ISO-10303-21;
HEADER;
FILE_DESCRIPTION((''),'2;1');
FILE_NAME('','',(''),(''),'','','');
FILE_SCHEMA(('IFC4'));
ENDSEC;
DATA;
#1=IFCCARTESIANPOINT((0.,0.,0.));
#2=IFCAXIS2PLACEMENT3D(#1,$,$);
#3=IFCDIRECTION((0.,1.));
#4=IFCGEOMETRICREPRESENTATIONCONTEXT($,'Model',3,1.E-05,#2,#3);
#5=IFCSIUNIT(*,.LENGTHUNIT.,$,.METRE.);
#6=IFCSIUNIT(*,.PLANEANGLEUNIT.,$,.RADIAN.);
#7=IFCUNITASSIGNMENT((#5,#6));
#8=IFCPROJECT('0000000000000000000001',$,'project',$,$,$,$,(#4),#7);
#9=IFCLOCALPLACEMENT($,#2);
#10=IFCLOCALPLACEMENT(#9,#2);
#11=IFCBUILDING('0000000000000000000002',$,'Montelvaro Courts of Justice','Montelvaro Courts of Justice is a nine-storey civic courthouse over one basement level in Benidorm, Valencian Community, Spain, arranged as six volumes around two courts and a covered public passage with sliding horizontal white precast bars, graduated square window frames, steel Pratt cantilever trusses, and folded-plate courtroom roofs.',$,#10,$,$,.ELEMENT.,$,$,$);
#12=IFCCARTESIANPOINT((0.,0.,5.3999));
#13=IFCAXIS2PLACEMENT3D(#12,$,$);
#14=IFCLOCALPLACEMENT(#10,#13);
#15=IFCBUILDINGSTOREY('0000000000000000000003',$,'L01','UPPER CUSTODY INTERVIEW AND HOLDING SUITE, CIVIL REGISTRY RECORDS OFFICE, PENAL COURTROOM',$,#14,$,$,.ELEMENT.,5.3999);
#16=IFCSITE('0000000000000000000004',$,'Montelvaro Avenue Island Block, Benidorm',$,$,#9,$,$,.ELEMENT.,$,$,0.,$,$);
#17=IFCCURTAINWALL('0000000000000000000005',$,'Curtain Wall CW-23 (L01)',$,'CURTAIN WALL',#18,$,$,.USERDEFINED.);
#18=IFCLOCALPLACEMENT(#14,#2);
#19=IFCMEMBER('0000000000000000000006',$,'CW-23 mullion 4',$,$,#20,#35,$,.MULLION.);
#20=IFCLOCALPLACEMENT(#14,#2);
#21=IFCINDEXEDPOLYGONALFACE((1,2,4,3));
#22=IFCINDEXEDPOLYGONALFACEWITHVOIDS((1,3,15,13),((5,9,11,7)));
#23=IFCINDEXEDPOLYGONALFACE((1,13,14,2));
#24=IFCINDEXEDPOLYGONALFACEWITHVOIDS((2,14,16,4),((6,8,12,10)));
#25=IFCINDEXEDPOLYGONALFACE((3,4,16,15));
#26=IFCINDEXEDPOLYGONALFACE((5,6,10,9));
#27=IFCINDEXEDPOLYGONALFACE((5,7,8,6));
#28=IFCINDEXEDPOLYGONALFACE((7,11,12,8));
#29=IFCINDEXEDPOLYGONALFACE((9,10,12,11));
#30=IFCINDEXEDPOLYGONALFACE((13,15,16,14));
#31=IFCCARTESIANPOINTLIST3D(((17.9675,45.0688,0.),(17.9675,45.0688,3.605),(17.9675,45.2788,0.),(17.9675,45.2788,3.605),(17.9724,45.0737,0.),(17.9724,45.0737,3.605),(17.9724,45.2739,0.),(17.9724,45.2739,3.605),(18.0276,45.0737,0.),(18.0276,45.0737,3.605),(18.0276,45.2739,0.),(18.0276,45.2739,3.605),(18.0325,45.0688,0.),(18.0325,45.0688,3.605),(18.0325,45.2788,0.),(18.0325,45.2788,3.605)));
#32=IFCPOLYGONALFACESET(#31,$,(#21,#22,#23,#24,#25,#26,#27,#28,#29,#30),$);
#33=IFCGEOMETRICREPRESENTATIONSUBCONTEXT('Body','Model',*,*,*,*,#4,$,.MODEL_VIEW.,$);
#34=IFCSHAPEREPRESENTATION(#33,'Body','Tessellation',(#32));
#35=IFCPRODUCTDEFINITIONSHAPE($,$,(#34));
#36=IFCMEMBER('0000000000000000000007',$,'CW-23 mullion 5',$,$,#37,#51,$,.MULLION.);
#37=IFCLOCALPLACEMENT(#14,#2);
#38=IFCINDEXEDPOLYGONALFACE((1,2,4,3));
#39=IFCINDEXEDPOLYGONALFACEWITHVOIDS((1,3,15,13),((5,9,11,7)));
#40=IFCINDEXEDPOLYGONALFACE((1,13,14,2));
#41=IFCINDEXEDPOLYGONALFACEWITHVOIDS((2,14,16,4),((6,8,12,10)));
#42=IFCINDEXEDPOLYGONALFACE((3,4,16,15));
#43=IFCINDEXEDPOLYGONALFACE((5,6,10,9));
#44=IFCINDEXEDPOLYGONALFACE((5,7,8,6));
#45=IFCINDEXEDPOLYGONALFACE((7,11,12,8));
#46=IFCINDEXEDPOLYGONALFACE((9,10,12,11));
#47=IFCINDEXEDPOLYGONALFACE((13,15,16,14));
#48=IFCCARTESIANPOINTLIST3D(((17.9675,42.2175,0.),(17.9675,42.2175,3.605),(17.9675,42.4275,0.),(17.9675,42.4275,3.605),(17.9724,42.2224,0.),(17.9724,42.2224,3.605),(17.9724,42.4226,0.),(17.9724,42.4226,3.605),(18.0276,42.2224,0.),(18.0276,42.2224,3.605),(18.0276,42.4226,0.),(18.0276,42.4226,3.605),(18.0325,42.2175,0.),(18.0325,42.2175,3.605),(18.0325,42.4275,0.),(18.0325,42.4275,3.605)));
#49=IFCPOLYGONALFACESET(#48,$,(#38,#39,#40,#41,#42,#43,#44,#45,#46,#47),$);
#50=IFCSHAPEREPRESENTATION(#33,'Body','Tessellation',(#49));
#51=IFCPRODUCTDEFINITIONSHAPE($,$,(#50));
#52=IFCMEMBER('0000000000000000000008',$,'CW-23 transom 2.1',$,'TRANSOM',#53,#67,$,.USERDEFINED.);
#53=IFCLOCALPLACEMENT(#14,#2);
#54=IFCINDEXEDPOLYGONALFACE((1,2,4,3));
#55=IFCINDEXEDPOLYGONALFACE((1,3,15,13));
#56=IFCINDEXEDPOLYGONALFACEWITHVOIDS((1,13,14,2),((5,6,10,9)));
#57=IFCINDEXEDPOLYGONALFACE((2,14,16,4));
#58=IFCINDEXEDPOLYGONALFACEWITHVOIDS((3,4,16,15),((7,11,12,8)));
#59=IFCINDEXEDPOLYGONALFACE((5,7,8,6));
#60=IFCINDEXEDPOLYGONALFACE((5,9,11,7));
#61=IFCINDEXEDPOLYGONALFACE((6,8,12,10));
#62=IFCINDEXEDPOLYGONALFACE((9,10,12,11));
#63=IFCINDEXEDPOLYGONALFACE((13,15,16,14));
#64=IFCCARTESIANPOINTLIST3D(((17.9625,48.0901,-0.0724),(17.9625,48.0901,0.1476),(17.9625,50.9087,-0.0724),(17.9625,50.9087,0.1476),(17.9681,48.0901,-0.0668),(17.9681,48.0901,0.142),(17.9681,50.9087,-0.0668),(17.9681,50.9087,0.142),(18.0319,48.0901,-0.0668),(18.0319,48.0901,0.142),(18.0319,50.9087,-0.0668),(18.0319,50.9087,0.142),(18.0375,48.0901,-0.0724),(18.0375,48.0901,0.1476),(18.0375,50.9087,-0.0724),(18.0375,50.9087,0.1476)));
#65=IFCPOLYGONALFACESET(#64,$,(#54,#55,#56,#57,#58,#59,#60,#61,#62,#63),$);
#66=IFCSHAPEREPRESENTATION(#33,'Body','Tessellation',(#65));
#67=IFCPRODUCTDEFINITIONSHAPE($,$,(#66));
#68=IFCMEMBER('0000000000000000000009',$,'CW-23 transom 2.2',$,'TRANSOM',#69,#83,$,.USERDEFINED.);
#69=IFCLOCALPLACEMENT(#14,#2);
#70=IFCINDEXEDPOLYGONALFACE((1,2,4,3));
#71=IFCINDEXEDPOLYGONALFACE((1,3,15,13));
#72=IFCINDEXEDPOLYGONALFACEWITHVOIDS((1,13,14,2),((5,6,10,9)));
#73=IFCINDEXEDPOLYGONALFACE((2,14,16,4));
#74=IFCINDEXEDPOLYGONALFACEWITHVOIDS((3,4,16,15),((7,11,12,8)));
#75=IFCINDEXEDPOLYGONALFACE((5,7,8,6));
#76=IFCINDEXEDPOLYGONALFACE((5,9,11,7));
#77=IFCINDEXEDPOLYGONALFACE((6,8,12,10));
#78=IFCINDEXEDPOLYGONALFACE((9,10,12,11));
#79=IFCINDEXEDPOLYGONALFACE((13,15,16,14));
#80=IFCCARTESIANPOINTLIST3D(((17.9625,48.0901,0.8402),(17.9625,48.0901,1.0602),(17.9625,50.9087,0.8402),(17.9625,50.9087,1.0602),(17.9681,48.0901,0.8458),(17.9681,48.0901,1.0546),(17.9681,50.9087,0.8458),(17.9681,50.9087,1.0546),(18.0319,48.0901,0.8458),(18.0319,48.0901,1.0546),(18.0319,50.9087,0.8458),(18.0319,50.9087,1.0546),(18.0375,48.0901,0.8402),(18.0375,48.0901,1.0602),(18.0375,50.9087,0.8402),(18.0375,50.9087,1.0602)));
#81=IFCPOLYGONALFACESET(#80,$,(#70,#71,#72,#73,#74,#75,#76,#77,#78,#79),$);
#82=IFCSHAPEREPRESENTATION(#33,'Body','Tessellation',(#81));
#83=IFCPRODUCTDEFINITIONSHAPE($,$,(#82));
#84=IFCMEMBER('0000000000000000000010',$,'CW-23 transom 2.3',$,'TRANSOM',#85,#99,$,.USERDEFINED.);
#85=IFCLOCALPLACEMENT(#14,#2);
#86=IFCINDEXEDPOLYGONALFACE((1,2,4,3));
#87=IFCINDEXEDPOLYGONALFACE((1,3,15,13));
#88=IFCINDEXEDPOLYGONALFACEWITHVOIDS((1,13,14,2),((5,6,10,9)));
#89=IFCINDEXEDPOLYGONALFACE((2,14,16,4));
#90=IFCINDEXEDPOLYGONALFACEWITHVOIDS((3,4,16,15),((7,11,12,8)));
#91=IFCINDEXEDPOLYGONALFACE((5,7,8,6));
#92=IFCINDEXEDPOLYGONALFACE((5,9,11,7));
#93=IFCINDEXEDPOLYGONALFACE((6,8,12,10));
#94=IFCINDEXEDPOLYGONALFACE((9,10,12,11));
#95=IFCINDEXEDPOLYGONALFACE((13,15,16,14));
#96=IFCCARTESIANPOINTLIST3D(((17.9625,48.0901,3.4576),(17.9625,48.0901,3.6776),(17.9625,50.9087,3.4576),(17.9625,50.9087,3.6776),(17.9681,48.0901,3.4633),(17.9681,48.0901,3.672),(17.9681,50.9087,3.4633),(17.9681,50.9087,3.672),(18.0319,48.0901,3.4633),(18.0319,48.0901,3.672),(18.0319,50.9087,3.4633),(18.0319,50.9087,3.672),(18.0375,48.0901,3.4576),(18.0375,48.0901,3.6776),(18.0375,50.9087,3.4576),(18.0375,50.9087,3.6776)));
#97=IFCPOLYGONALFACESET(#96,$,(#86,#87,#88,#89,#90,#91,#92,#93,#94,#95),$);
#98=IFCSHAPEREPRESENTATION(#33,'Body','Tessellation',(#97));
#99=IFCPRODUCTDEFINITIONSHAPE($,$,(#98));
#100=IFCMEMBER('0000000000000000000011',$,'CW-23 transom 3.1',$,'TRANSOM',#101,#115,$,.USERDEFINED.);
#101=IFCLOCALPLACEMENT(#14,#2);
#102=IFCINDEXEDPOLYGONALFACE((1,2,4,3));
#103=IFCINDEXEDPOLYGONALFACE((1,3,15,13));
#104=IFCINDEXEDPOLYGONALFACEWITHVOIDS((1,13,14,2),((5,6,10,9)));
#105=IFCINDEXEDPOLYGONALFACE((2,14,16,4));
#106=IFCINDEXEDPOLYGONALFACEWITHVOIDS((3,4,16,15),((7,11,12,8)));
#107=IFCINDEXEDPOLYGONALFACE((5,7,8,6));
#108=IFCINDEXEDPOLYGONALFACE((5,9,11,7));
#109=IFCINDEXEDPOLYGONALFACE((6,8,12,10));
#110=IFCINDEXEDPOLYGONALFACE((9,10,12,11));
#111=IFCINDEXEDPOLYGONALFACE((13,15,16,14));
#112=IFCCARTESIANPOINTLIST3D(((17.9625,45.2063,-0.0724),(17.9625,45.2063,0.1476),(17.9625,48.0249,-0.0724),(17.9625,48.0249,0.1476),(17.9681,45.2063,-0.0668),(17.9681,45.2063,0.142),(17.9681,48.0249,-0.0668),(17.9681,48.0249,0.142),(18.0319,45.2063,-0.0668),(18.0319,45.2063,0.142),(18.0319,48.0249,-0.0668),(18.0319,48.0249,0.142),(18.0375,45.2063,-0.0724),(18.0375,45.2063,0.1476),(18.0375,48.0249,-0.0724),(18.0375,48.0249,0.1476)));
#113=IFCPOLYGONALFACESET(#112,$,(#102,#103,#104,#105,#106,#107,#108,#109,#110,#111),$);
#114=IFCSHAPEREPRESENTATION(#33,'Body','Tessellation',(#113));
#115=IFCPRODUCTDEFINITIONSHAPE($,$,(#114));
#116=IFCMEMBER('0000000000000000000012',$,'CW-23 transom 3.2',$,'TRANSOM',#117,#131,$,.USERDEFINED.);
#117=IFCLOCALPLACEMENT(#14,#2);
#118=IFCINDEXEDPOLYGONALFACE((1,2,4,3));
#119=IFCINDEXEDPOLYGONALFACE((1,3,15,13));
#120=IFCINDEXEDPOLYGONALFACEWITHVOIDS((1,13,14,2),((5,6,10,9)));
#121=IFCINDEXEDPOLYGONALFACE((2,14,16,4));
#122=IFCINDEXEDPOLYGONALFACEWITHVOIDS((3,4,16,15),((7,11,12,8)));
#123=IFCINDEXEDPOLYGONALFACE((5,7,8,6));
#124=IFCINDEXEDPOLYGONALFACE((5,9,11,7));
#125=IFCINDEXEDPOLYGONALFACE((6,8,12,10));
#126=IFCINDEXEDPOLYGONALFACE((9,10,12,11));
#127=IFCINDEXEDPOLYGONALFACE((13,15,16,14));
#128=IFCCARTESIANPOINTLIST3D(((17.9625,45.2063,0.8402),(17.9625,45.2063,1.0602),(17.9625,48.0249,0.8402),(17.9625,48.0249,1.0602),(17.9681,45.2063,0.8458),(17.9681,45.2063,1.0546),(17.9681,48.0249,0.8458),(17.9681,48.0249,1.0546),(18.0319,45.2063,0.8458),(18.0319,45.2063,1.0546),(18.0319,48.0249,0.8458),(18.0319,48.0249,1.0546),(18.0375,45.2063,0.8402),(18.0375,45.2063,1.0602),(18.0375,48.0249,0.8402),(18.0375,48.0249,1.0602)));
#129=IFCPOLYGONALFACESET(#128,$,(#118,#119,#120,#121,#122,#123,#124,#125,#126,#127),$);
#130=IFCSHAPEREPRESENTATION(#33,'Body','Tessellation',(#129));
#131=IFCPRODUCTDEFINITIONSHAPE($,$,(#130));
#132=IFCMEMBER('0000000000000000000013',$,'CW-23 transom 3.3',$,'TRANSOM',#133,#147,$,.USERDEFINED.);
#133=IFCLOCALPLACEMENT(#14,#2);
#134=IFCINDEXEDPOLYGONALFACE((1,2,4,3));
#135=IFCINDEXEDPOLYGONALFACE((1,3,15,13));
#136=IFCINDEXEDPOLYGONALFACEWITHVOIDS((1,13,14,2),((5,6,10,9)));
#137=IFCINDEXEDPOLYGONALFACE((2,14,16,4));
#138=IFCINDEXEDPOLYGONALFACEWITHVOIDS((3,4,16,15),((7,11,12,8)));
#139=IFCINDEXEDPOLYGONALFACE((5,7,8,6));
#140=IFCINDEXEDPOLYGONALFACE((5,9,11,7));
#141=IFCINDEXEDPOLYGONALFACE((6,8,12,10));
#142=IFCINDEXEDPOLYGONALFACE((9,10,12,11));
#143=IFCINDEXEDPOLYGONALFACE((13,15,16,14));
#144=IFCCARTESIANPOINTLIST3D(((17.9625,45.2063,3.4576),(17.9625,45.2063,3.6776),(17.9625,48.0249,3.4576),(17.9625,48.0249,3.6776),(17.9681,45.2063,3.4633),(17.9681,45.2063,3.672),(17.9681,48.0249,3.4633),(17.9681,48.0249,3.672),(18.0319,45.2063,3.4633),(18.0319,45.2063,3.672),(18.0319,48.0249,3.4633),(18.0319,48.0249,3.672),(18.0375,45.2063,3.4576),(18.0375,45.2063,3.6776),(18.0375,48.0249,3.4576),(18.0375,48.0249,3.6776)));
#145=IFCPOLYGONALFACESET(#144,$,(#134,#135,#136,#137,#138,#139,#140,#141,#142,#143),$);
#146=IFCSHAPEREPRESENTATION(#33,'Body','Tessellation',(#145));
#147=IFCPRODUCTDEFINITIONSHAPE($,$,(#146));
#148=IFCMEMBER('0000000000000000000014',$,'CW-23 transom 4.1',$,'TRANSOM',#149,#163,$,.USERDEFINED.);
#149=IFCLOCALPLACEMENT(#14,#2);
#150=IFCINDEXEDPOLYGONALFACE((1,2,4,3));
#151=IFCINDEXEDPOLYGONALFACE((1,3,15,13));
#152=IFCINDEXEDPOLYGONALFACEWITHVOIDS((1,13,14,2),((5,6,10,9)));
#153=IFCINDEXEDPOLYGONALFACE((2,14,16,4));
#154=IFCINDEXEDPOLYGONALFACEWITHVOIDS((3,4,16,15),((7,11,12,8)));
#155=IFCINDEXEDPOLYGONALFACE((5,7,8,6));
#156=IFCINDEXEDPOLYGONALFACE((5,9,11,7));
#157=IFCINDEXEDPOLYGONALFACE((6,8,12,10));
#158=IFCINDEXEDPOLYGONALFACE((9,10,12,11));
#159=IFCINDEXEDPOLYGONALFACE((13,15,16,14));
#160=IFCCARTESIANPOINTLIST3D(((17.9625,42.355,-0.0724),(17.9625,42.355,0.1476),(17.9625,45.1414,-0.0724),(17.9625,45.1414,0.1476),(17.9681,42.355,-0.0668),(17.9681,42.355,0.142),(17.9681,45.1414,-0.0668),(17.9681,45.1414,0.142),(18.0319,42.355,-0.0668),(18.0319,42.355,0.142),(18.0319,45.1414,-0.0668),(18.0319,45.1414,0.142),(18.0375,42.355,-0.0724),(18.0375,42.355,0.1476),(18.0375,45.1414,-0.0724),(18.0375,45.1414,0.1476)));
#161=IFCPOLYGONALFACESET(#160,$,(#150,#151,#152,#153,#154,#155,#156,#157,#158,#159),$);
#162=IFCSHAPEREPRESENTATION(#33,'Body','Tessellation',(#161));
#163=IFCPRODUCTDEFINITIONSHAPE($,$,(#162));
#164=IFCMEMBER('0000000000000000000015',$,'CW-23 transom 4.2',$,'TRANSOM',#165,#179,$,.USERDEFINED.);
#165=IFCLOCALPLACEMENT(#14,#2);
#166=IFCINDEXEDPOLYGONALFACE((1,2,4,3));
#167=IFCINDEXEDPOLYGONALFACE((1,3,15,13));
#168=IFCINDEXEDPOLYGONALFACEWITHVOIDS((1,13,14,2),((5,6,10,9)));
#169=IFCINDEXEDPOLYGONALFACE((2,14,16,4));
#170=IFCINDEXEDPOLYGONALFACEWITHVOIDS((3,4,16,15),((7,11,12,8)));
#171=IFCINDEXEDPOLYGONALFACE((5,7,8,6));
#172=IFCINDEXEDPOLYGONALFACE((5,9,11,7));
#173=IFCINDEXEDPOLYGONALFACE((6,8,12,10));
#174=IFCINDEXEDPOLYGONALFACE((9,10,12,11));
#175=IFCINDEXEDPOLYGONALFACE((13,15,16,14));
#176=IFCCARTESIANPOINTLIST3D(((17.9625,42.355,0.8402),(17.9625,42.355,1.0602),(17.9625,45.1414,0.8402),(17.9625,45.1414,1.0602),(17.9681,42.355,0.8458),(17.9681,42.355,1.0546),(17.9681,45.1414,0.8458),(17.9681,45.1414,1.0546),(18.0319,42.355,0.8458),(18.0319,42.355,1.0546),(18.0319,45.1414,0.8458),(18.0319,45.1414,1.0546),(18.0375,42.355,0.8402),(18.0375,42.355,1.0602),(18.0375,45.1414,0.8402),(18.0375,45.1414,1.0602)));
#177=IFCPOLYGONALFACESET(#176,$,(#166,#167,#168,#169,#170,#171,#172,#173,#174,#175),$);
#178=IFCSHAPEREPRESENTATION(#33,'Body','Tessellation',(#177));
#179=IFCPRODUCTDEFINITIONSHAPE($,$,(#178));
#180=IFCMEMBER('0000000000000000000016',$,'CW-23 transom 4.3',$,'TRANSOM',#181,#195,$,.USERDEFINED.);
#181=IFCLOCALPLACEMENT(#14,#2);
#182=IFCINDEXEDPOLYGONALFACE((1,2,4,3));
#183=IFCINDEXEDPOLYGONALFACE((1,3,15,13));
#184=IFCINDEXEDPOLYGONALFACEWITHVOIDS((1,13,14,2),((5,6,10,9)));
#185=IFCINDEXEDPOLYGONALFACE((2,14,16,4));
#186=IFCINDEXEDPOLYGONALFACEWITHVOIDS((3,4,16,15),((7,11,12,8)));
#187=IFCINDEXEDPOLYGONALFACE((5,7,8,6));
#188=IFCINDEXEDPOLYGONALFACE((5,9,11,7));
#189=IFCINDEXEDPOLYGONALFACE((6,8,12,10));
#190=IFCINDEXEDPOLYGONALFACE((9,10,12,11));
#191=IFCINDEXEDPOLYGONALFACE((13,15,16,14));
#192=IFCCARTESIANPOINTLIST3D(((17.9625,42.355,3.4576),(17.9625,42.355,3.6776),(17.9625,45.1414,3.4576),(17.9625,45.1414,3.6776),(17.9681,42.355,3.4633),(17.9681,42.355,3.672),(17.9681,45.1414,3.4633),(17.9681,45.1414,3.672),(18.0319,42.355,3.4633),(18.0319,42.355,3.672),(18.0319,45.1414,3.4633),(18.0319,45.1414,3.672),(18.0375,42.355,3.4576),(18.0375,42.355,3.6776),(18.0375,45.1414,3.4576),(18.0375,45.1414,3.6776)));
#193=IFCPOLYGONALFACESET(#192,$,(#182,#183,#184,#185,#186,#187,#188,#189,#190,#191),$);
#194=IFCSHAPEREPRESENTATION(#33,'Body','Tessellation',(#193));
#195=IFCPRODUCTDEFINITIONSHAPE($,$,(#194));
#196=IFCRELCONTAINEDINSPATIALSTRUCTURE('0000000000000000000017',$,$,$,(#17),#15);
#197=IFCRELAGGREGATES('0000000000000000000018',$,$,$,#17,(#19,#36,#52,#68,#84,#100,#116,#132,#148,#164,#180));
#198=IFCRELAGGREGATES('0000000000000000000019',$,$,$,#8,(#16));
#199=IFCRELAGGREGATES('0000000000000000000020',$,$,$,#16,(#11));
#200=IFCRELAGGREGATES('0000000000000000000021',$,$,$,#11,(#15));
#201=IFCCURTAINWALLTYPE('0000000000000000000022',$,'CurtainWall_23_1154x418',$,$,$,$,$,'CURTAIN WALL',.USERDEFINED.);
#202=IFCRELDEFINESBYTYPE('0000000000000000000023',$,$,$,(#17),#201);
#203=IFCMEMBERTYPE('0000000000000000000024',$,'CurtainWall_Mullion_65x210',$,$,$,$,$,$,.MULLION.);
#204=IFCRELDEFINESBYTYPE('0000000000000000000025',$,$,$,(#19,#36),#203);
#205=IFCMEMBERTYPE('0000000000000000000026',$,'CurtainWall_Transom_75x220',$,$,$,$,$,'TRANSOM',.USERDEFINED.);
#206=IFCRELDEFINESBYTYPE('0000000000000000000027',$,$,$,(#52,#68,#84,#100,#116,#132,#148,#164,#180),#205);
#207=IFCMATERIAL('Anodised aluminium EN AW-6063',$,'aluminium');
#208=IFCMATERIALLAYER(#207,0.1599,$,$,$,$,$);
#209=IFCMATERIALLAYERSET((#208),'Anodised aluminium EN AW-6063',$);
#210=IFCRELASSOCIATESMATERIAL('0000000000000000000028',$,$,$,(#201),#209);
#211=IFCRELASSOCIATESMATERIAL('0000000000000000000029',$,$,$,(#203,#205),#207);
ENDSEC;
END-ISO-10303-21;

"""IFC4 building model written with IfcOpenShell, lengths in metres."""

from ifc_helpers import new_model, si_unit, direction, frame, origin, origin_2d, place, context, subcontext, project, spatial, hollow_rectangle, extrude, material, layer, layer_set, material_profile, profile_set, type_object, element, aggregate, save


model = new_model("IFC4")

# Units and contexts
model_context = context("Model", 3, precision=1e-05, world=origin(), true_north=direction((0.0, 1.0)))
body_context = subcontext(model_context, "Body", "Model", "MODEL_VIEW")
ifc_project = project(units=[si_unit("LENGTHUNIT", "METRE"), si_unit("PLANEANGLEUNIT", "RADIAN")], contexts=[model_context])

# Site, building, storey
site_placement = place(None, origin())
site = spatial("IfcSite", under=ifc_project, at=site_placement, Name="Montelvaro Avenue Island Block, Benidorm", CompositionType="ELEMENT", RefElevation=0.0)
building_placement = place(site_placement, origin())
building = spatial("IfcBuilding", under=site, at=building_placement, Name="Montelvaro Courts of Justice", Description="Montelvaro Courts of Justice is a nine-storey civic courthouse over one basement level in Benidorm, Valencian Community, Spain, arranged as six volumes around two courts and a covered public passage with sliding horizontal white precast bars, graduated square window frames, steel Pratt cantilever trusses, and folded-plate courtroom roofs.", CompositionType="ELEMENT")
storey_placement = place(building_placement, frame((0.0, 0.0, 5.3999)))
storey = spatial("IfcBuildingStorey", under=building, at=storey_placement, Name="L01", Description="UPPER CUSTODY INTERVIEW AND HOLDING SUITE, CIVIL REGISTRY RECORDS OFFICE, PENAL COURTROOM", CompositionType="ELEMENT", Elevation=5.3999)

# Curtain wall, members
ifc_material_1 = material(Name="Anodised aluminium EN AW-6063", Category="aluminium")
ifc_layer_1 = layer(ifc_material_1, 0.1599)
ifc_layer_set_1 = layer_set([ifc_layer_1], Name="Anodised aluminium EN AW-6063")
curtain_wall_type = type_object("IfcCurtainWallType", Name="CurtainWall_23_1154x418", ElementType="CURTAIN WALL", PredefinedType="USERDEFINED", material=ifc_layer_set_1)
curtain_wall_placement = place(storey_placement, origin())
curtain_wall = element("IfcCurtainWall", 1, at=curtain_wall_placement, inside=storey, type_object=curtain_wall_type, Name="Curtain Wall CW-23 (L01)", ObjectType="CURTAIN WALL", PredefinedType="USERDEFINED")
ifc_material_profile_1 = material_profile(ifc_material_1, hollow_rectangle(XDim=0.0649, YDim=0.21, WallThickness=0.0049, at=origin_2d()), Name="ALU-M 65x210")
ifc_profile_set_1 = profile_set([ifc_material_profile_1], Name="Anodised aluminium EN AW-6063")
member_type_1 = type_object("IfcMemberType", Name="CurtainWall_Mullion_65x210", PredefinedType="MULLION", material=ifc_profile_set_1)
member_1_placement = place(storey_placement, frame((18.0, 45.1738, 0.0), z_axis=(0.0, 0.0, 1.0), x_axis=(1.0, 0.0, 0.0)))
member_1 = element("IfcMember", 2, at=member_1_placement, type_object=member_type_1, Name="CW-23 mullion 4", PredefinedType="MULLION", context=body_context, shape_type="SweptSolid", body=[
    extrude(hollow_rectangle(XDim=0.0649, YDim=0.21, WallThickness=0.0049, at=origin_2d()), origin(), (0.0, 0.0, 1.0), 3.605),
])
member_2_placement = place(storey_placement, frame((18.0, 42.3225, 0.0), z_axis=(0.0, 0.0, 1.0), x_axis=(1.0, 0.0, 0.0)))
member_2 = element("IfcMember", 3, at=member_2_placement, type_object=member_type_1, Name="CW-23 mullion 5", PredefinedType="MULLION", context=body_context, shape_type="SweptSolid", body=[
    extrude(hollow_rectangle(XDim=0.0649, YDim=0.21, WallThickness=0.0049, at=origin_2d()), origin(), (0.0, 0.0, 1.0), 3.605),
])
ifc_material_profile_2 = material_profile(ifc_material_1, hollow_rectangle(XDim=0.075, YDim=0.22, WallThickness=0.0056, at=origin_2d()), Name="ALU-T 75x220")
ifc_profile_set_2 = profile_set([ifc_material_profile_2], Name="Anodised aluminium EN AW-6063")
member_type_2 = type_object("IfcMemberType", Name="CurtainWall_Transom_75x220", ElementType="TRANSOM", PredefinedType="USERDEFINED", material=ifc_profile_set_2)
member_3_placement = place(storey_placement, frame((18.0, 50.9087, 0.0376), z_axis=(0.0, -1.0, 0.0), x_axis=(1.0, 0.0, 0.0)))
member_3 = element("IfcMember", 4, at=member_3_placement, type_object=member_type_2, Name="CW-23 transom 2.1", ObjectType="TRANSOM", PredefinedType="USERDEFINED", context=body_context, shape_type="SweptSolid", body=[
    extrude(hollow_rectangle(XDim=0.075, YDim=0.22, WallThickness=0.0056, at=origin_2d()), origin(), (0.0, 0.0, 1.0), 2.8186),
])
member_4_placement = place(storey_placement, frame((18.0, 50.9087, 0.9502), z_axis=(0.0, -1.0, 0.0), x_axis=(1.0, 0.0, 0.0)))
member_4 = element("IfcMember", 5, at=member_4_placement, type_object=member_type_2, Name="CW-23 transom 2.2", ObjectType="TRANSOM", PredefinedType="USERDEFINED", context=body_context, shape_type="SweptSolid", body=[
    extrude(hollow_rectangle(XDim=0.075, YDim=0.22, WallThickness=0.0056, at=origin_2d()), origin(), (0.0, 0.0, 1.0), 2.8186),
])
member_5_placement = place(storey_placement, frame((18.0, 50.9087, 3.5676), z_axis=(0.0, -1.0, 0.0), x_axis=(1.0, 0.0, 0.0)))
member_5 = element("IfcMember", 6, at=member_5_placement, type_object=member_type_2, Name="CW-23 transom 2.3", ObjectType="TRANSOM", PredefinedType="USERDEFINED", context=body_context, shape_type="SweptSolid", body=[
    extrude(hollow_rectangle(XDim=0.075, YDim=0.22, WallThickness=0.0056, at=origin_2d()), origin(), (0.0, 0.0, 1.0), 2.8186),
])
member_6_placement = place(storey_placement, frame((18.0, 48.0249, 0.0376), z_axis=(0.0, -1.0, 0.0), x_axis=(1.0, 0.0, 0.0)))
member_6 = element("IfcMember", 7, at=member_6_placement, type_object=member_type_2, Name="CW-23 transom 3.1", ObjectType="TRANSOM", PredefinedType="USERDEFINED", context=body_context, shape_type="SweptSolid", body=[
    extrude(hollow_rectangle(XDim=0.075, YDim=0.22, WallThickness=0.0056, at=origin_2d()), origin(), (0.0, 0.0, 1.0), 2.8186),
])
member_7_placement = place(storey_placement, frame((18.0, 48.0249, 0.9502), z_axis=(0.0, -1.0, 0.0), x_axis=(1.0, 0.0, 0.0)))
member_7 = element("IfcMember", 8, at=member_7_placement, type_object=member_type_2, Name="CW-23 transom 3.2", ObjectType="TRANSOM", PredefinedType="USERDEFINED", context=body_context, shape_type="SweptSolid", body=[
    extrude(hollow_rectangle(XDim=0.075, YDim=0.22, WallThickness=0.0056, at=origin_2d()), origin(), (0.0, 0.0, 1.0), 2.8186),
])
member_8_placement = place(storey_placement, frame((18.0, 48.0249, 3.5676), z_axis=(0.0, -1.0, 0.0), x_axis=(1.0, 0.0, 0.0)))
member_8 = element("IfcMember", 9, at=member_8_placement, type_object=member_type_2, Name="CW-23 transom 3.3", ObjectType="TRANSOM", PredefinedType="USERDEFINED", context=body_context, shape_type="SweptSolid", body=[
    extrude(hollow_rectangle(XDim=0.075, YDim=0.22, WallThickness=0.0056, at=origin_2d()), origin(), (0.0, 0.0, 1.0), 2.8186),
])
member_9_placement = place(storey_placement, frame((18.0, 45.1414, 0.0376), z_axis=(0.0, -1.0, 0.0), x_axis=(1.0, 0.0, 0.0)))
member_9 = element("IfcMember", 10, at=member_9_placement, type_object=member_type_2, Name="CW-23 transom 4.1", ObjectType="TRANSOM", PredefinedType="USERDEFINED", context=body_context, shape_type="SweptSolid", body=[
    extrude(hollow_rectangle(XDim=0.075, YDim=0.22, WallThickness=0.0056, at=origin_2d()), origin(), (0.0, 0.0, 1.0), 2.7864),
])
member_10_placement = place(storey_placement, frame((18.0, 45.1414, 0.9502), z_axis=(0.0, -1.0, 0.0), x_axis=(1.0, 0.0, 0.0)))
member_10 = element("IfcMember", 11, at=member_10_placement, type_object=member_type_2, Name="CW-23 transom 4.2", ObjectType="TRANSOM", PredefinedType="USERDEFINED", context=body_context, shape_type="SweptSolid", body=[
    extrude(hollow_rectangle(XDim=0.075, YDim=0.22, WallThickness=0.0056, at=origin_2d()), origin(), (0.0, 0.0, 1.0), 2.7864),
])
member_11_placement = place(storey_placement, frame((18.0, 45.1414, 3.5676), z_axis=(0.0, -1.0, 0.0), x_axis=(1.0, 0.0, 0.0)))
member_11 = element("IfcMember", 12, at=member_11_placement, type_object=member_type_2, Name="CW-23 transom 4.3", ObjectType="TRANSOM", PredefinedType="USERDEFINED", context=body_context, shape_type="SweptSolid", body=[
    extrude(hollow_rectangle(XDim=0.075, YDim=0.22, WallThickness=0.0056, at=origin_2d()), origin(), (0.0, 0.0, 1.0), 2.7864),
])
aggregate(curtain_wall, [member_1, member_2, member_3, member_4, member_5, member_6, member_7, member_8, member_9, member_10, member_11])

save(model, "model.ifc")
